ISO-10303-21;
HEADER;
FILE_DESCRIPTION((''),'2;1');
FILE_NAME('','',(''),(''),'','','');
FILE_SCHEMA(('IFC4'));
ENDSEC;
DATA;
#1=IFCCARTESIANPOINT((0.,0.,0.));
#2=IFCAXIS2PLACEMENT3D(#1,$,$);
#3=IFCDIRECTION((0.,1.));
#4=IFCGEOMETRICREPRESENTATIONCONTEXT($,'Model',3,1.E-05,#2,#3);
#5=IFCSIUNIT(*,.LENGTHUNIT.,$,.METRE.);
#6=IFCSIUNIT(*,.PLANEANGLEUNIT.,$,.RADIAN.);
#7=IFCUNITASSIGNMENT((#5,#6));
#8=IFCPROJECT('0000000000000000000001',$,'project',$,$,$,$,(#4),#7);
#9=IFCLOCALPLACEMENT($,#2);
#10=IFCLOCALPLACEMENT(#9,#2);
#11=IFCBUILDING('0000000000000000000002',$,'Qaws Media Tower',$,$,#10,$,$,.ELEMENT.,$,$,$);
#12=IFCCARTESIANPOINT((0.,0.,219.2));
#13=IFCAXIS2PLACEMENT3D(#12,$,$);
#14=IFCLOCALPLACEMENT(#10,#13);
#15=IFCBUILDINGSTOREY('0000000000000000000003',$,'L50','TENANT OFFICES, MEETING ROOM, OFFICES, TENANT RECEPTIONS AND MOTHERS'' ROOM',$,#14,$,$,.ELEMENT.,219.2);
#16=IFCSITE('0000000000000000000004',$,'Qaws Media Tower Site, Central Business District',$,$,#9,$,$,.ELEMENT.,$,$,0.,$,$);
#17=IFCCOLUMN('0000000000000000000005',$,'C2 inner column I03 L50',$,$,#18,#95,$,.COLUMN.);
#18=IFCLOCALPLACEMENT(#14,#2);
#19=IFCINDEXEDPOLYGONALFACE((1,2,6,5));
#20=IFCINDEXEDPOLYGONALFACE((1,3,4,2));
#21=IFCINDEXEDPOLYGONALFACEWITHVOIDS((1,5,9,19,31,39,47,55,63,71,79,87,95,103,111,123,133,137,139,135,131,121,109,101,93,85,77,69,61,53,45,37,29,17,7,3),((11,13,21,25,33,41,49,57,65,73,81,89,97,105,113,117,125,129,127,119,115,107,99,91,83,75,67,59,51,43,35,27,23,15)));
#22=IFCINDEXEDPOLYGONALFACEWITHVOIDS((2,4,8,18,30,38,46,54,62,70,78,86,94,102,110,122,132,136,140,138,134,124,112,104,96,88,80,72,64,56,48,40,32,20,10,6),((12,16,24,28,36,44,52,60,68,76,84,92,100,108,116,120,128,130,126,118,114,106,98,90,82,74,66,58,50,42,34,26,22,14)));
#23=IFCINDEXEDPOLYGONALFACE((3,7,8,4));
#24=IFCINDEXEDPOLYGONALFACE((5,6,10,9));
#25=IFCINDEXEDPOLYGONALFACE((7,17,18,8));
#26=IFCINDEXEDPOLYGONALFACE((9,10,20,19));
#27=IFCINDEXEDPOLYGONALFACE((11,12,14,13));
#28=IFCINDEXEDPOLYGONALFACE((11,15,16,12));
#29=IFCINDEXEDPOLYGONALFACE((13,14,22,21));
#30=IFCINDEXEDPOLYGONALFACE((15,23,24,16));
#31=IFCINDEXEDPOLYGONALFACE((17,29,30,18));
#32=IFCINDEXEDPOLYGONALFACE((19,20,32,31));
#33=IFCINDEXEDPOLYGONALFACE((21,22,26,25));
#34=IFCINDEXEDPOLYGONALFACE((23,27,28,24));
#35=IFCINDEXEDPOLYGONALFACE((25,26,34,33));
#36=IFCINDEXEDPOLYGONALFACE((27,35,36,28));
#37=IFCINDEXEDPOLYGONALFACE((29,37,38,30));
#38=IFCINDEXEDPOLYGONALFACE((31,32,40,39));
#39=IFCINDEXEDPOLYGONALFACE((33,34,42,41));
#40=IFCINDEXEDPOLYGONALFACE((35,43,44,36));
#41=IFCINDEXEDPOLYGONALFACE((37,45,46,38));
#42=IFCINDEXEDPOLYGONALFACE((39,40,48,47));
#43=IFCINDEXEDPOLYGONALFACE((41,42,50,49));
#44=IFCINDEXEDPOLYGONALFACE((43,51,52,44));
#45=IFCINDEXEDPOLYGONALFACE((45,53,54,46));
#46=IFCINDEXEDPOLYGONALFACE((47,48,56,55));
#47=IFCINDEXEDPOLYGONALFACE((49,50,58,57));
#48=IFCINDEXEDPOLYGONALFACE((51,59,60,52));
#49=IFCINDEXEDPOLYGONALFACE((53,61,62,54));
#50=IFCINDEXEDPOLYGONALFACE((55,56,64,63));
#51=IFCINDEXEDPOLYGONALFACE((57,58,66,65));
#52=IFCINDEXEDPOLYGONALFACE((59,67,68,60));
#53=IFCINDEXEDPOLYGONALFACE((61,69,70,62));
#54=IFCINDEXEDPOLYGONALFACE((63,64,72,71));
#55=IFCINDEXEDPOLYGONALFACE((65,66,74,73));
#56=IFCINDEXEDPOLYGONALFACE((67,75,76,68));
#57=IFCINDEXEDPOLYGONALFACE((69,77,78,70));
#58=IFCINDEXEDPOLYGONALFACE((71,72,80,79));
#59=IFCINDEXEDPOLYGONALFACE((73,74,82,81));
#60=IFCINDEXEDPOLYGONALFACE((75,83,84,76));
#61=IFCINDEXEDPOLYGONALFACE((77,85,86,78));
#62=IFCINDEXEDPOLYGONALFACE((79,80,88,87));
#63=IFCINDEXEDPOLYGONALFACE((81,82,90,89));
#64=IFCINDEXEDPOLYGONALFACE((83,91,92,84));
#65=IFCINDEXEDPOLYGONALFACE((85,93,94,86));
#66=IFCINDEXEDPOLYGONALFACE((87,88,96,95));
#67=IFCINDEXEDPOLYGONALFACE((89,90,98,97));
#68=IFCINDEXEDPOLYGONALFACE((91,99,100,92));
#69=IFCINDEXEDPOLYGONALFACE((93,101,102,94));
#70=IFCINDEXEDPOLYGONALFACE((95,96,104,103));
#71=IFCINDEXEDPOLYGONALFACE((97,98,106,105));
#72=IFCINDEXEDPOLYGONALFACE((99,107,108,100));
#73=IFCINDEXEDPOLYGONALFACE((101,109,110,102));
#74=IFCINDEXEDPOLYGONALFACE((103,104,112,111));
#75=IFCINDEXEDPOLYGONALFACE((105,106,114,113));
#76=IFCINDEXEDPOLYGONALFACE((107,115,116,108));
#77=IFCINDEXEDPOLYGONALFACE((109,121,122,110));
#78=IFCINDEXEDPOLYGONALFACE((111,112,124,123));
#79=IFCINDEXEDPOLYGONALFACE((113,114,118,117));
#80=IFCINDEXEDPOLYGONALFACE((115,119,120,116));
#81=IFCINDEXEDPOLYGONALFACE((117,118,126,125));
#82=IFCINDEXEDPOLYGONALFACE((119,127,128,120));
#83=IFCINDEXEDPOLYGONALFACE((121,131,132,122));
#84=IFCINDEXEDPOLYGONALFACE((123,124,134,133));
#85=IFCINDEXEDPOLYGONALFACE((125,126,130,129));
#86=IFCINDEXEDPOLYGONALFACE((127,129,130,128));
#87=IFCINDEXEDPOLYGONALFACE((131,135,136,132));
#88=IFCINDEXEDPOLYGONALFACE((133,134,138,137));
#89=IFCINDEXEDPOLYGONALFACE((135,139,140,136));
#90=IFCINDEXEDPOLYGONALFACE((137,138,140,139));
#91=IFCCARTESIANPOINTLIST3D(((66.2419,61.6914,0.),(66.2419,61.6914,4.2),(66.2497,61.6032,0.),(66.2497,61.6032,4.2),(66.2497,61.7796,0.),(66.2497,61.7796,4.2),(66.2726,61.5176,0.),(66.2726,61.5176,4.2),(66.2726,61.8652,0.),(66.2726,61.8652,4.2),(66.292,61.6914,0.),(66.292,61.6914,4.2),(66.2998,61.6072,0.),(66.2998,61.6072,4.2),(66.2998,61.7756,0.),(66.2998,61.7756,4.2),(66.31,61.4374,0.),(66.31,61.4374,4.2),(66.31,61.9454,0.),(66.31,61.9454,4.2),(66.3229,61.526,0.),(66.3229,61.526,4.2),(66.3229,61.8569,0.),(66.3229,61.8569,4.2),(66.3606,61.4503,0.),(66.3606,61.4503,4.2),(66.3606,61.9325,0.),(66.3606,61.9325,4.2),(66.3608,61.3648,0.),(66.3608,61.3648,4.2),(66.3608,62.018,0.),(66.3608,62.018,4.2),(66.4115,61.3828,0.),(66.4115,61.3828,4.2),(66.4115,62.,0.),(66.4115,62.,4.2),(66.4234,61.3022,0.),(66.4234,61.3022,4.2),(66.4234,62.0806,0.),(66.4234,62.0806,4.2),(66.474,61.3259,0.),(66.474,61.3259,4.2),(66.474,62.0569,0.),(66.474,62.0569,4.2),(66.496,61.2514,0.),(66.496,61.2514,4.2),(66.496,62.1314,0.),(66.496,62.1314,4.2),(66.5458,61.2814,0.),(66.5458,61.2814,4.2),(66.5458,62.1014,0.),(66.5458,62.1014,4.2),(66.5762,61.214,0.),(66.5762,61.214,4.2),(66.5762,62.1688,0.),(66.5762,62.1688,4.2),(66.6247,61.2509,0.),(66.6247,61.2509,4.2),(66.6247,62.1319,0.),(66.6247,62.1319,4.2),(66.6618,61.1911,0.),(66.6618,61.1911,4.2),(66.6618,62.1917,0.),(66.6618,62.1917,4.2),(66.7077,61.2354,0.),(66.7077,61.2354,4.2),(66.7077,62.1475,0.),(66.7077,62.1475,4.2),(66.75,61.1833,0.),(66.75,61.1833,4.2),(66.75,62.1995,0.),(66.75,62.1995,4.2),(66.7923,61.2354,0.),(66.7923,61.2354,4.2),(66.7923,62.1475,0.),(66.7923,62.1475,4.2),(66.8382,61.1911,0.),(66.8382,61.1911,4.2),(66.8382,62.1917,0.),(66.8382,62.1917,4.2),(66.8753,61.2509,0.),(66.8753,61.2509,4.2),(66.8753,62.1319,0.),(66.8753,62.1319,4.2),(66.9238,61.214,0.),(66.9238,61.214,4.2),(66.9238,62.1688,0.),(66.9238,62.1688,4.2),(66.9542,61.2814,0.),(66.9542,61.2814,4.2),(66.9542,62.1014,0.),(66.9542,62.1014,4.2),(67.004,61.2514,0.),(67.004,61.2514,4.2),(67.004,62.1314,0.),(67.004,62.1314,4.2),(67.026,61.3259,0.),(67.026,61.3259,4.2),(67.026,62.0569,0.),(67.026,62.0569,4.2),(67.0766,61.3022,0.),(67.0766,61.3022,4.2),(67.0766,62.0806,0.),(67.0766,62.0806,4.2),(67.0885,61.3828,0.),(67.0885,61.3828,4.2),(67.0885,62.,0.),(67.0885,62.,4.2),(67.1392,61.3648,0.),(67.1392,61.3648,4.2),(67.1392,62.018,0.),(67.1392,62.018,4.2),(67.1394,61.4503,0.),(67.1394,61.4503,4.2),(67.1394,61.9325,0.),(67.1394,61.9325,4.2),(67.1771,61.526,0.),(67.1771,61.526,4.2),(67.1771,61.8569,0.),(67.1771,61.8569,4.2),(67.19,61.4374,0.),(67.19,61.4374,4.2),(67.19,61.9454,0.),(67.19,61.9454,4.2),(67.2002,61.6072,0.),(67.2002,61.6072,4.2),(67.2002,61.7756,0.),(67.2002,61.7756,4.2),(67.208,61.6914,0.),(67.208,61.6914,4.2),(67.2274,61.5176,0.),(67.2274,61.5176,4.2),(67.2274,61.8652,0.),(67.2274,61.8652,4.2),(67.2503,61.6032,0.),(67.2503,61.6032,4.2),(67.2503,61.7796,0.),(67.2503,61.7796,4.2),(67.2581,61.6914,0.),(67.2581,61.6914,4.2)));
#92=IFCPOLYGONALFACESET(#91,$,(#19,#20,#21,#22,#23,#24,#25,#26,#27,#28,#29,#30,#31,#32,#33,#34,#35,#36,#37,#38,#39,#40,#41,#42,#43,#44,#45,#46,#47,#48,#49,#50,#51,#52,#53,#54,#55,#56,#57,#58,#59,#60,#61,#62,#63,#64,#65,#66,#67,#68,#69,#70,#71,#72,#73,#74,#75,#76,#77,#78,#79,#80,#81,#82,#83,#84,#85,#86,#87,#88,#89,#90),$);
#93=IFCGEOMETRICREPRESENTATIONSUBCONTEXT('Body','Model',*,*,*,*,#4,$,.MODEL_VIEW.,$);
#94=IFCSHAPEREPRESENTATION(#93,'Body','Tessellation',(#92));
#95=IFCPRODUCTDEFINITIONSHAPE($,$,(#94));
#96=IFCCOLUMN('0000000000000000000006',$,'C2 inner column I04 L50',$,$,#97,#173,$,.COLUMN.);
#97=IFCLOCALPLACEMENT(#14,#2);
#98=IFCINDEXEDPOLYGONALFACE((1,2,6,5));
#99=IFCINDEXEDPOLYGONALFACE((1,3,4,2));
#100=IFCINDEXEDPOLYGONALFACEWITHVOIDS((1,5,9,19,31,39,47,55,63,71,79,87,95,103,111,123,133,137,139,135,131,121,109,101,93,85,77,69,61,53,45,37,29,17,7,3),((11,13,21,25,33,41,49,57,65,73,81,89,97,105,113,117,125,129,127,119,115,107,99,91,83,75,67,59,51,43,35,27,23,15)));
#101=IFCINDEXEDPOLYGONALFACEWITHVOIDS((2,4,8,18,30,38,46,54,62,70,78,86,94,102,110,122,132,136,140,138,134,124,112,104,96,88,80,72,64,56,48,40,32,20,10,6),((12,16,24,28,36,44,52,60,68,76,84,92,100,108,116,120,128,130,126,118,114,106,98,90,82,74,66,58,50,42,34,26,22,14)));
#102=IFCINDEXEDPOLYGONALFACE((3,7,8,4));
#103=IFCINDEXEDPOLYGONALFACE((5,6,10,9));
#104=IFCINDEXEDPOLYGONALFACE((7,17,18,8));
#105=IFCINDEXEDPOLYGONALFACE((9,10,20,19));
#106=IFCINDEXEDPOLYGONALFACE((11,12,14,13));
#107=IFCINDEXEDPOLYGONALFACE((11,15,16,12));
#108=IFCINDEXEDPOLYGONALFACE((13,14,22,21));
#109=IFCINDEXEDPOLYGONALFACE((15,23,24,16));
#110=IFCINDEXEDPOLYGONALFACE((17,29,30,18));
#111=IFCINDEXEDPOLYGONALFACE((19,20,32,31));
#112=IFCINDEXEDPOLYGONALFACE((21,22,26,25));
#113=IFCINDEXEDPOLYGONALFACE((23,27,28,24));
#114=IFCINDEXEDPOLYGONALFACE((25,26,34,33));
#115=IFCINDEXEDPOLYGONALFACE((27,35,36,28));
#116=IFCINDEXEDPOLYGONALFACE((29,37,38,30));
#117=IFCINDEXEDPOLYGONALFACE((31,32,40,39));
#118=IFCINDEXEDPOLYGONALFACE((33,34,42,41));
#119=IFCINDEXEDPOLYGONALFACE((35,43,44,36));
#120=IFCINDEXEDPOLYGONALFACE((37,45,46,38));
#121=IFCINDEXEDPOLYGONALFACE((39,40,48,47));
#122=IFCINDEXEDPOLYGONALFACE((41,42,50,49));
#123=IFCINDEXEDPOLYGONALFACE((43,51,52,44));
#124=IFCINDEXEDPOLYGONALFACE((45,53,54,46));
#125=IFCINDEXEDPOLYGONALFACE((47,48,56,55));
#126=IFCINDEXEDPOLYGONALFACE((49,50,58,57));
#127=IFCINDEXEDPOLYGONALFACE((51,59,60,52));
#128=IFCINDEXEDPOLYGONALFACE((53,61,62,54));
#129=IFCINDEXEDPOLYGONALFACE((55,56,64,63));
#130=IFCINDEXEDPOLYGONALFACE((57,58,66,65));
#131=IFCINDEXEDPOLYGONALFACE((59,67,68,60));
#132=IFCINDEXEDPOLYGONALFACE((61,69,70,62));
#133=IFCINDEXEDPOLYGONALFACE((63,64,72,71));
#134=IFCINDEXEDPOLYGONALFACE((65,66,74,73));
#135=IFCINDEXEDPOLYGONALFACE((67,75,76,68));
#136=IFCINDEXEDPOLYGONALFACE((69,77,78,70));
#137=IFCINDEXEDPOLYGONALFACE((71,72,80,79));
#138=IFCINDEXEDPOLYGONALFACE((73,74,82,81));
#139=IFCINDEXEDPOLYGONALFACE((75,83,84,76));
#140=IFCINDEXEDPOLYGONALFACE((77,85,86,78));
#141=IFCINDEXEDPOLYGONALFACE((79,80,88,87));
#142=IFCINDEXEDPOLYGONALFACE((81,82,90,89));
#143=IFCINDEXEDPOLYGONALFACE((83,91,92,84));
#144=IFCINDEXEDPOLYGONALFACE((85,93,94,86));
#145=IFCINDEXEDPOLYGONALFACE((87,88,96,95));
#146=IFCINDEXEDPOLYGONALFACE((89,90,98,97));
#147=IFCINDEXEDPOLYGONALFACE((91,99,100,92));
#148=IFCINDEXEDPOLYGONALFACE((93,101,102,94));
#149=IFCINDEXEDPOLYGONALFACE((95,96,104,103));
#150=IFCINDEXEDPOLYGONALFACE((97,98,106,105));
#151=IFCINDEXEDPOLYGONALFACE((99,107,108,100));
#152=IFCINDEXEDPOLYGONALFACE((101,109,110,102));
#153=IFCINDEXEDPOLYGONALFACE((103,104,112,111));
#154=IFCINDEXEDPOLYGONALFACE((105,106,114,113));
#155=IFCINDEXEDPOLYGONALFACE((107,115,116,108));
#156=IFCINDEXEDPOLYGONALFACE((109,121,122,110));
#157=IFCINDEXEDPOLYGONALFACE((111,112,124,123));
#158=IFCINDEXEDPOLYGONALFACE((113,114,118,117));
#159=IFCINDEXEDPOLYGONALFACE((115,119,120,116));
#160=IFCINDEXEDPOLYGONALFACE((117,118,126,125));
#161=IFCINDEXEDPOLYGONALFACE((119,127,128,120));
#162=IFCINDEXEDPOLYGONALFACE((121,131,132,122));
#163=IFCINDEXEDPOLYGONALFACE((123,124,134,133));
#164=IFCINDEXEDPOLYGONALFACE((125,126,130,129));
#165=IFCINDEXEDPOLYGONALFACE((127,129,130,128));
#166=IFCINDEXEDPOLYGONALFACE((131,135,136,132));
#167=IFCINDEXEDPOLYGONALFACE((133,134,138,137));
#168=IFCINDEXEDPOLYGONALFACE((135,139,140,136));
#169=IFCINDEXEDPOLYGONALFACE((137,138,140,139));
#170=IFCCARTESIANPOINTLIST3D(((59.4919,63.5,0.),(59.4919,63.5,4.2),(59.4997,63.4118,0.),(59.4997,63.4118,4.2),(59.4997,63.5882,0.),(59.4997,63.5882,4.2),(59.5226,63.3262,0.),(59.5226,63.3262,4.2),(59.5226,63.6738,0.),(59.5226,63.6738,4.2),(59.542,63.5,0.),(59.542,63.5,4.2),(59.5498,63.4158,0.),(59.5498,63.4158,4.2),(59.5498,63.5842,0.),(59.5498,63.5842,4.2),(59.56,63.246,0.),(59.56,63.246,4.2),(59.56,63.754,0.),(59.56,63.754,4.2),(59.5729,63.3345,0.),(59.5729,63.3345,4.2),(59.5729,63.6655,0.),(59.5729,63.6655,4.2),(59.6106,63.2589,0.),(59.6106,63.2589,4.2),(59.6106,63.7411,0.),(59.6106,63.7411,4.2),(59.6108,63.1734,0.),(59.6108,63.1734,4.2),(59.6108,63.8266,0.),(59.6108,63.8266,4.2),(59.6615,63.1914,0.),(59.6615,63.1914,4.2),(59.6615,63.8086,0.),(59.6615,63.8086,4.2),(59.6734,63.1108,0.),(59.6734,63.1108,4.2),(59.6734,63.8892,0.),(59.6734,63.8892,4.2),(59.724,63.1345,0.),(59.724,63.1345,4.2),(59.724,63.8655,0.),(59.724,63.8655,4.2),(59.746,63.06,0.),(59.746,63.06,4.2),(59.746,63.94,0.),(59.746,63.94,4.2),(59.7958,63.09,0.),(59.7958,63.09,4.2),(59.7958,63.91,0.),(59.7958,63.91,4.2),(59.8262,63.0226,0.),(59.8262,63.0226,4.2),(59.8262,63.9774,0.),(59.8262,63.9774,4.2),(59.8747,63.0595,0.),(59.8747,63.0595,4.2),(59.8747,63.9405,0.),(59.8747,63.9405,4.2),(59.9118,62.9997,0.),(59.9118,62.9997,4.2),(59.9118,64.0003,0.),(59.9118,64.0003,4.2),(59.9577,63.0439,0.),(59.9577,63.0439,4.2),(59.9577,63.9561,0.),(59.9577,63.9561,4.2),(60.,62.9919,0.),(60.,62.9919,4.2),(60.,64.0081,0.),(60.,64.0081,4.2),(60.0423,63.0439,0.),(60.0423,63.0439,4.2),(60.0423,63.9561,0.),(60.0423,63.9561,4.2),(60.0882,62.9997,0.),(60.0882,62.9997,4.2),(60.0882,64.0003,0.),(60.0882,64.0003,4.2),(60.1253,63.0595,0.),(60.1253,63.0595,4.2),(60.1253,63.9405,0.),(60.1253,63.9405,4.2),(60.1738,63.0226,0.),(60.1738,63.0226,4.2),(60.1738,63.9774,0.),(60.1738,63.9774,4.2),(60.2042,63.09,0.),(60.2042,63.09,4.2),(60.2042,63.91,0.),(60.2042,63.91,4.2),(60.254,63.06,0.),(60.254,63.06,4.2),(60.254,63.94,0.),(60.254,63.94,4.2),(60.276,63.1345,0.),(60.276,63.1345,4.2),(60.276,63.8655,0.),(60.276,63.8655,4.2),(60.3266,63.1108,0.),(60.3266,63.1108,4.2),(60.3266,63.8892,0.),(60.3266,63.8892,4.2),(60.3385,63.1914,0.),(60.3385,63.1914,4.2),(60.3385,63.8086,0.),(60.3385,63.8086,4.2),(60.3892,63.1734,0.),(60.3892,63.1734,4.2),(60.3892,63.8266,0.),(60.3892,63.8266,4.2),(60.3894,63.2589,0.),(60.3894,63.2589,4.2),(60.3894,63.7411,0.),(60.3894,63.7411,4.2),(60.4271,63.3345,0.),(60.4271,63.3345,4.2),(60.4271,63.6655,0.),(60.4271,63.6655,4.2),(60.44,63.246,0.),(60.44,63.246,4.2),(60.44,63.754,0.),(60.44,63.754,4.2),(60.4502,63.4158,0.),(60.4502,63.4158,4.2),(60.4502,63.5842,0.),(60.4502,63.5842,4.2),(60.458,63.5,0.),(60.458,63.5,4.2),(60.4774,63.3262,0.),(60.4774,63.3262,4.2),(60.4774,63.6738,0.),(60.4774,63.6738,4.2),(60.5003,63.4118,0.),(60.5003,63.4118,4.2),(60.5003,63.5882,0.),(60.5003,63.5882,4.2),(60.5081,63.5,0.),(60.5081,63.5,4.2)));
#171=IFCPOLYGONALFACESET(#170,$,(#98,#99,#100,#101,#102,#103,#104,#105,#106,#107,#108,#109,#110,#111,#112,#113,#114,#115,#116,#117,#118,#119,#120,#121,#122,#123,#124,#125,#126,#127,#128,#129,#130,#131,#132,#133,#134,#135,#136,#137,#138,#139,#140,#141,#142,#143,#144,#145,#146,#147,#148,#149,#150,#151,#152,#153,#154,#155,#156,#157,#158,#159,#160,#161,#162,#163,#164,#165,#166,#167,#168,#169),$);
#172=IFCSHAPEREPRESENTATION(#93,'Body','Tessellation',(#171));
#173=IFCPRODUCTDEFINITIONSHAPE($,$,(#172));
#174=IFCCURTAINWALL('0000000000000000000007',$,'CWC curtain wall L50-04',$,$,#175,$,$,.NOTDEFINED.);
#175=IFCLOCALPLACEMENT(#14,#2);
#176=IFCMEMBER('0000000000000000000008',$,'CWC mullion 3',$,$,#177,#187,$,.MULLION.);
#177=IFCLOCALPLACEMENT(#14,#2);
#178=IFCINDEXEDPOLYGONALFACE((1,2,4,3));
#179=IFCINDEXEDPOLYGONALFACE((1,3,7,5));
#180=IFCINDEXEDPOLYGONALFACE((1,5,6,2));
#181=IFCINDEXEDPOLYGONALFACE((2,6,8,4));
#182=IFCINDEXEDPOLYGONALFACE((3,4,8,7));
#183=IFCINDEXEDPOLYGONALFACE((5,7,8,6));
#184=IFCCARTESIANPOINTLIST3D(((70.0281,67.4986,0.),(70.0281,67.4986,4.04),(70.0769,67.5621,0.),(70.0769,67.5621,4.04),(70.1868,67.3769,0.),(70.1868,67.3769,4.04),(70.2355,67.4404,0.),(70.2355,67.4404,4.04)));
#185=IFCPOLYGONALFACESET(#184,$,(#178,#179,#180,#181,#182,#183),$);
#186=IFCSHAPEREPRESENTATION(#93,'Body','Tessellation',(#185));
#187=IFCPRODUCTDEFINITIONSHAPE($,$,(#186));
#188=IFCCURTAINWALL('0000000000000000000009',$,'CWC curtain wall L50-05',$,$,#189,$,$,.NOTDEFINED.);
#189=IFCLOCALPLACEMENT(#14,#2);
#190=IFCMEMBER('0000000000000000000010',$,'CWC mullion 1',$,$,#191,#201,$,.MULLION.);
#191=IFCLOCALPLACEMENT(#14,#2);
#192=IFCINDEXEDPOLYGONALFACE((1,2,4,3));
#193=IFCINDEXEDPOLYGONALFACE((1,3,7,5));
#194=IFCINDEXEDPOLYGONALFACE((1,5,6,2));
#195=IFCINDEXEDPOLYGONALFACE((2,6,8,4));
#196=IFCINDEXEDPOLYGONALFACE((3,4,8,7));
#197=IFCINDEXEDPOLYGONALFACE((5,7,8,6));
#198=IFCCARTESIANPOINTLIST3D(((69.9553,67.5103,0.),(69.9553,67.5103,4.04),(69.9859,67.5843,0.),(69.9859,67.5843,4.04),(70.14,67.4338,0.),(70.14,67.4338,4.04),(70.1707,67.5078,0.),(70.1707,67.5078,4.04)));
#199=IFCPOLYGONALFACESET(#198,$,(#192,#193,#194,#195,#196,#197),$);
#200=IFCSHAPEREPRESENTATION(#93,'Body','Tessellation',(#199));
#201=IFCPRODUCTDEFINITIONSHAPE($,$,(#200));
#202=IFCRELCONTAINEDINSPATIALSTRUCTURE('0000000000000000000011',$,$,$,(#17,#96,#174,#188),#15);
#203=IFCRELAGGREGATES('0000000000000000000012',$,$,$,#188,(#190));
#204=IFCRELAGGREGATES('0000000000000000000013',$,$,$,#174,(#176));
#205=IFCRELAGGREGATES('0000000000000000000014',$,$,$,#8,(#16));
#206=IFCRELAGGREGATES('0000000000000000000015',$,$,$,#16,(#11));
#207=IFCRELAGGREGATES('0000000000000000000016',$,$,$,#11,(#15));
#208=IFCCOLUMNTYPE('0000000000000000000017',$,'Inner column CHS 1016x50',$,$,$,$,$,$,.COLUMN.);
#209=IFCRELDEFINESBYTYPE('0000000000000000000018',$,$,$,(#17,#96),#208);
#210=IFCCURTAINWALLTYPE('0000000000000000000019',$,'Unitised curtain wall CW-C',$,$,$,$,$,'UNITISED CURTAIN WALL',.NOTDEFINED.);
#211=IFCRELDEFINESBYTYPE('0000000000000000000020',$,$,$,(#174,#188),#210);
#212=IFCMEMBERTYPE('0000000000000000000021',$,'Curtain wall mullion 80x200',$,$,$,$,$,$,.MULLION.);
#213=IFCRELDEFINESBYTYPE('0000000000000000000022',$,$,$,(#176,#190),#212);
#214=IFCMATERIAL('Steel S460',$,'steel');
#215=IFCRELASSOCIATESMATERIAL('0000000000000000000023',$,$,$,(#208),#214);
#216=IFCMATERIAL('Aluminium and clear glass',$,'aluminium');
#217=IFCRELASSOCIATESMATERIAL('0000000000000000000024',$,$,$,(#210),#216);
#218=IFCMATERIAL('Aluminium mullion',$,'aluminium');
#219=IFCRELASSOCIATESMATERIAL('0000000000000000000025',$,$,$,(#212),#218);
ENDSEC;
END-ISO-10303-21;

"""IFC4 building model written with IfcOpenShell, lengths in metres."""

from ifc_helpers import new_model, si_unit, direction, frame, origin, origin_2d, place, context, subcontext, project, spatial, rectangle, hollow_circle, extrude, material, material_profile, profile_set, type_object, element, aggregate, save


model = new_model("IFC4")

# Units and contexts
model_context = context("Model", 3, precision=1e-05, world=origin(), true_north=direction((0.0, 1.0)))
body_context = subcontext(model_context, "Body", "Model", "MODEL_VIEW")
ifc_project = project(units=[si_unit("LENGTHUNIT", "METRE"), si_unit("PLANEANGLEUNIT", "RADIAN")], contexts=[model_context])

# Site, building, storey
site_placement = place(None, origin())
site = spatial("IfcSite", under=ifc_project, at=site_placement, Name="Qaws Media Tower Site, Central Business District", CompositionType="ELEMENT", RefElevation=0.0)
building_placement = place(site_placement, origin())
building = spatial("IfcBuilding", under=site, at=building_placement, Name="Qaws Media Tower", CompositionType="ELEMENT")
storey_placement = place(building_placement, frame((0.0, 0.0, 219.2)))
storey = spatial("IfcBuildingStorey", under=building, at=storey_placement, Name="L50", Description="TENANT OFFICES, MEETING ROOM, OFFICES, TENANT RECEPTIONS AND MOTHERS' ROOM", CompositionType="ELEMENT", Elevation=219.2)

# Columns
ifc_material_1 = material(Name="Steel S460", Category="steel")
ifc_material_profile_1 = material_profile(ifc_material_1, hollow_circle(Radius=0.5081, WallThickness=0.05, at=origin_2d()), Name="CHS 1016x50")
ifc_profile_set_1 = profile_set([ifc_material_profile_1], Name="Steel S460")
column_type = type_object("IfcColumnType", Name="Inner column CHS 1016x50", PredefinedType="COLUMN", material=ifc_profile_set_1)
for number, where, z_axis, x_axis, name in (
    (1, (66.75, 61.6914, 0.0), (0.0, 0.0, 1.0), (1.0, 0.0, 0.0), "C2 inner column I03 L50"),
    (2, (60.0, 63.5, 0.0), (0.0, 0.0, 1.0), (1.0, 0.0, 0.0), "C2 inner column I04 L50"),
):
    element("IfcColumn", number, at=place(storey_placement, frame(where, z_axis=z_axis, x_axis=x_axis)), inside=storey, type_object=column_type, Name=name, PredefinedType="COLUMN", context=body_context, shape_type="SweptSolid", body=[
        extrude(hollow_circle(Radius=0.5081, WallThickness=0.05, at=origin_2d()), origin(), (0.0, 0.0, 1.0), 4.2),
    ])

# Curtain wall, member
ifc_material_2 = material(Name="Aluminium and clear glass", Category="aluminium")
curtain_wall_type = type_object("IfcCurtainWallType", Name="Unitised curtain wall CW-C", ElementType="UNITISED CURTAIN WALL", PredefinedType="NOTDEFINED", material=ifc_material_2)
curtain_wall_1_placement = place(storey_placement, origin())
curtain_wall_1 = element("IfcCurtainWall", 3, at=curtain_wall_1_placement, inside=storey, type_object=curtain_wall_type, Name="CWC curtain wall L50-04", PredefinedType="NOTDEFINED")
ifc_material_3 = material(Name="Aluminium mullion", Category="aluminium")
ifc_material_profile_2 = material_profile(ifc_material_3, rectangle(XDim=0.0801, YDim=0.2, at=origin_2d()), Name="80x200")
ifc_profile_set_2 = profile_set([ifc_material_profile_2], Name="Aluminium mullion")
member_type_1 = type_object("IfcMemberType", Name="Curtain wall mullion 80x200", PredefinedType="MULLION", material=ifc_profile_set_2)
member_1_placement = place(storey_placement, frame((70.1318, 67.4695, 0.0), z_axis=(0.0, 0.0, 1.0), x_axis=(-0.608761, -0.793353, 0.0)))
member_1 = element("IfcMember", 4, at=member_1_placement, type_object=member_type_1, Name="CWC mullion 3", PredefinedType="MULLION", context=body_context, shape_type="SweptSolid", body=[
    extrude(rectangle(XDim=0.0801, YDim=0.2, at=origin_2d()), origin(), (0.0, 0.0, 1.0), 4.04),
])

# Curtain wall, member
curtain_wall_2_placement = place(storey_placement, origin())
curtain_wall_2 = element("IfcCurtainWall", 5, at=curtain_wall_2_placement, inside=storey, type_object=curtain_wall_type, Name="CWC curtain wall L50-05", PredefinedType="NOTDEFINED")
member_2_placement = place(storey_placement, frame((70.063, 67.509, 0.0), z_axis=(0.0, 0.0, 1.0), x_axis=(-0.382684, -0.923879, 0.0)))
member_2 = element("IfcMember", 6, at=member_2_placement, type_object=member_type_1, Name="CWC mullion 1", PredefinedType="MULLION", context=body_context, shape_type="SweptSolid", body=[
    extrude(rectangle(XDim=0.0801, YDim=0.2, at=origin_2d()), origin(), (0.0, 0.0, 1.0), 4.04),
])
aggregate(curtain_wall_2, [member_2])

aggregate(curtain_wall_1, [member_1])

save(model, "model.ifc")
